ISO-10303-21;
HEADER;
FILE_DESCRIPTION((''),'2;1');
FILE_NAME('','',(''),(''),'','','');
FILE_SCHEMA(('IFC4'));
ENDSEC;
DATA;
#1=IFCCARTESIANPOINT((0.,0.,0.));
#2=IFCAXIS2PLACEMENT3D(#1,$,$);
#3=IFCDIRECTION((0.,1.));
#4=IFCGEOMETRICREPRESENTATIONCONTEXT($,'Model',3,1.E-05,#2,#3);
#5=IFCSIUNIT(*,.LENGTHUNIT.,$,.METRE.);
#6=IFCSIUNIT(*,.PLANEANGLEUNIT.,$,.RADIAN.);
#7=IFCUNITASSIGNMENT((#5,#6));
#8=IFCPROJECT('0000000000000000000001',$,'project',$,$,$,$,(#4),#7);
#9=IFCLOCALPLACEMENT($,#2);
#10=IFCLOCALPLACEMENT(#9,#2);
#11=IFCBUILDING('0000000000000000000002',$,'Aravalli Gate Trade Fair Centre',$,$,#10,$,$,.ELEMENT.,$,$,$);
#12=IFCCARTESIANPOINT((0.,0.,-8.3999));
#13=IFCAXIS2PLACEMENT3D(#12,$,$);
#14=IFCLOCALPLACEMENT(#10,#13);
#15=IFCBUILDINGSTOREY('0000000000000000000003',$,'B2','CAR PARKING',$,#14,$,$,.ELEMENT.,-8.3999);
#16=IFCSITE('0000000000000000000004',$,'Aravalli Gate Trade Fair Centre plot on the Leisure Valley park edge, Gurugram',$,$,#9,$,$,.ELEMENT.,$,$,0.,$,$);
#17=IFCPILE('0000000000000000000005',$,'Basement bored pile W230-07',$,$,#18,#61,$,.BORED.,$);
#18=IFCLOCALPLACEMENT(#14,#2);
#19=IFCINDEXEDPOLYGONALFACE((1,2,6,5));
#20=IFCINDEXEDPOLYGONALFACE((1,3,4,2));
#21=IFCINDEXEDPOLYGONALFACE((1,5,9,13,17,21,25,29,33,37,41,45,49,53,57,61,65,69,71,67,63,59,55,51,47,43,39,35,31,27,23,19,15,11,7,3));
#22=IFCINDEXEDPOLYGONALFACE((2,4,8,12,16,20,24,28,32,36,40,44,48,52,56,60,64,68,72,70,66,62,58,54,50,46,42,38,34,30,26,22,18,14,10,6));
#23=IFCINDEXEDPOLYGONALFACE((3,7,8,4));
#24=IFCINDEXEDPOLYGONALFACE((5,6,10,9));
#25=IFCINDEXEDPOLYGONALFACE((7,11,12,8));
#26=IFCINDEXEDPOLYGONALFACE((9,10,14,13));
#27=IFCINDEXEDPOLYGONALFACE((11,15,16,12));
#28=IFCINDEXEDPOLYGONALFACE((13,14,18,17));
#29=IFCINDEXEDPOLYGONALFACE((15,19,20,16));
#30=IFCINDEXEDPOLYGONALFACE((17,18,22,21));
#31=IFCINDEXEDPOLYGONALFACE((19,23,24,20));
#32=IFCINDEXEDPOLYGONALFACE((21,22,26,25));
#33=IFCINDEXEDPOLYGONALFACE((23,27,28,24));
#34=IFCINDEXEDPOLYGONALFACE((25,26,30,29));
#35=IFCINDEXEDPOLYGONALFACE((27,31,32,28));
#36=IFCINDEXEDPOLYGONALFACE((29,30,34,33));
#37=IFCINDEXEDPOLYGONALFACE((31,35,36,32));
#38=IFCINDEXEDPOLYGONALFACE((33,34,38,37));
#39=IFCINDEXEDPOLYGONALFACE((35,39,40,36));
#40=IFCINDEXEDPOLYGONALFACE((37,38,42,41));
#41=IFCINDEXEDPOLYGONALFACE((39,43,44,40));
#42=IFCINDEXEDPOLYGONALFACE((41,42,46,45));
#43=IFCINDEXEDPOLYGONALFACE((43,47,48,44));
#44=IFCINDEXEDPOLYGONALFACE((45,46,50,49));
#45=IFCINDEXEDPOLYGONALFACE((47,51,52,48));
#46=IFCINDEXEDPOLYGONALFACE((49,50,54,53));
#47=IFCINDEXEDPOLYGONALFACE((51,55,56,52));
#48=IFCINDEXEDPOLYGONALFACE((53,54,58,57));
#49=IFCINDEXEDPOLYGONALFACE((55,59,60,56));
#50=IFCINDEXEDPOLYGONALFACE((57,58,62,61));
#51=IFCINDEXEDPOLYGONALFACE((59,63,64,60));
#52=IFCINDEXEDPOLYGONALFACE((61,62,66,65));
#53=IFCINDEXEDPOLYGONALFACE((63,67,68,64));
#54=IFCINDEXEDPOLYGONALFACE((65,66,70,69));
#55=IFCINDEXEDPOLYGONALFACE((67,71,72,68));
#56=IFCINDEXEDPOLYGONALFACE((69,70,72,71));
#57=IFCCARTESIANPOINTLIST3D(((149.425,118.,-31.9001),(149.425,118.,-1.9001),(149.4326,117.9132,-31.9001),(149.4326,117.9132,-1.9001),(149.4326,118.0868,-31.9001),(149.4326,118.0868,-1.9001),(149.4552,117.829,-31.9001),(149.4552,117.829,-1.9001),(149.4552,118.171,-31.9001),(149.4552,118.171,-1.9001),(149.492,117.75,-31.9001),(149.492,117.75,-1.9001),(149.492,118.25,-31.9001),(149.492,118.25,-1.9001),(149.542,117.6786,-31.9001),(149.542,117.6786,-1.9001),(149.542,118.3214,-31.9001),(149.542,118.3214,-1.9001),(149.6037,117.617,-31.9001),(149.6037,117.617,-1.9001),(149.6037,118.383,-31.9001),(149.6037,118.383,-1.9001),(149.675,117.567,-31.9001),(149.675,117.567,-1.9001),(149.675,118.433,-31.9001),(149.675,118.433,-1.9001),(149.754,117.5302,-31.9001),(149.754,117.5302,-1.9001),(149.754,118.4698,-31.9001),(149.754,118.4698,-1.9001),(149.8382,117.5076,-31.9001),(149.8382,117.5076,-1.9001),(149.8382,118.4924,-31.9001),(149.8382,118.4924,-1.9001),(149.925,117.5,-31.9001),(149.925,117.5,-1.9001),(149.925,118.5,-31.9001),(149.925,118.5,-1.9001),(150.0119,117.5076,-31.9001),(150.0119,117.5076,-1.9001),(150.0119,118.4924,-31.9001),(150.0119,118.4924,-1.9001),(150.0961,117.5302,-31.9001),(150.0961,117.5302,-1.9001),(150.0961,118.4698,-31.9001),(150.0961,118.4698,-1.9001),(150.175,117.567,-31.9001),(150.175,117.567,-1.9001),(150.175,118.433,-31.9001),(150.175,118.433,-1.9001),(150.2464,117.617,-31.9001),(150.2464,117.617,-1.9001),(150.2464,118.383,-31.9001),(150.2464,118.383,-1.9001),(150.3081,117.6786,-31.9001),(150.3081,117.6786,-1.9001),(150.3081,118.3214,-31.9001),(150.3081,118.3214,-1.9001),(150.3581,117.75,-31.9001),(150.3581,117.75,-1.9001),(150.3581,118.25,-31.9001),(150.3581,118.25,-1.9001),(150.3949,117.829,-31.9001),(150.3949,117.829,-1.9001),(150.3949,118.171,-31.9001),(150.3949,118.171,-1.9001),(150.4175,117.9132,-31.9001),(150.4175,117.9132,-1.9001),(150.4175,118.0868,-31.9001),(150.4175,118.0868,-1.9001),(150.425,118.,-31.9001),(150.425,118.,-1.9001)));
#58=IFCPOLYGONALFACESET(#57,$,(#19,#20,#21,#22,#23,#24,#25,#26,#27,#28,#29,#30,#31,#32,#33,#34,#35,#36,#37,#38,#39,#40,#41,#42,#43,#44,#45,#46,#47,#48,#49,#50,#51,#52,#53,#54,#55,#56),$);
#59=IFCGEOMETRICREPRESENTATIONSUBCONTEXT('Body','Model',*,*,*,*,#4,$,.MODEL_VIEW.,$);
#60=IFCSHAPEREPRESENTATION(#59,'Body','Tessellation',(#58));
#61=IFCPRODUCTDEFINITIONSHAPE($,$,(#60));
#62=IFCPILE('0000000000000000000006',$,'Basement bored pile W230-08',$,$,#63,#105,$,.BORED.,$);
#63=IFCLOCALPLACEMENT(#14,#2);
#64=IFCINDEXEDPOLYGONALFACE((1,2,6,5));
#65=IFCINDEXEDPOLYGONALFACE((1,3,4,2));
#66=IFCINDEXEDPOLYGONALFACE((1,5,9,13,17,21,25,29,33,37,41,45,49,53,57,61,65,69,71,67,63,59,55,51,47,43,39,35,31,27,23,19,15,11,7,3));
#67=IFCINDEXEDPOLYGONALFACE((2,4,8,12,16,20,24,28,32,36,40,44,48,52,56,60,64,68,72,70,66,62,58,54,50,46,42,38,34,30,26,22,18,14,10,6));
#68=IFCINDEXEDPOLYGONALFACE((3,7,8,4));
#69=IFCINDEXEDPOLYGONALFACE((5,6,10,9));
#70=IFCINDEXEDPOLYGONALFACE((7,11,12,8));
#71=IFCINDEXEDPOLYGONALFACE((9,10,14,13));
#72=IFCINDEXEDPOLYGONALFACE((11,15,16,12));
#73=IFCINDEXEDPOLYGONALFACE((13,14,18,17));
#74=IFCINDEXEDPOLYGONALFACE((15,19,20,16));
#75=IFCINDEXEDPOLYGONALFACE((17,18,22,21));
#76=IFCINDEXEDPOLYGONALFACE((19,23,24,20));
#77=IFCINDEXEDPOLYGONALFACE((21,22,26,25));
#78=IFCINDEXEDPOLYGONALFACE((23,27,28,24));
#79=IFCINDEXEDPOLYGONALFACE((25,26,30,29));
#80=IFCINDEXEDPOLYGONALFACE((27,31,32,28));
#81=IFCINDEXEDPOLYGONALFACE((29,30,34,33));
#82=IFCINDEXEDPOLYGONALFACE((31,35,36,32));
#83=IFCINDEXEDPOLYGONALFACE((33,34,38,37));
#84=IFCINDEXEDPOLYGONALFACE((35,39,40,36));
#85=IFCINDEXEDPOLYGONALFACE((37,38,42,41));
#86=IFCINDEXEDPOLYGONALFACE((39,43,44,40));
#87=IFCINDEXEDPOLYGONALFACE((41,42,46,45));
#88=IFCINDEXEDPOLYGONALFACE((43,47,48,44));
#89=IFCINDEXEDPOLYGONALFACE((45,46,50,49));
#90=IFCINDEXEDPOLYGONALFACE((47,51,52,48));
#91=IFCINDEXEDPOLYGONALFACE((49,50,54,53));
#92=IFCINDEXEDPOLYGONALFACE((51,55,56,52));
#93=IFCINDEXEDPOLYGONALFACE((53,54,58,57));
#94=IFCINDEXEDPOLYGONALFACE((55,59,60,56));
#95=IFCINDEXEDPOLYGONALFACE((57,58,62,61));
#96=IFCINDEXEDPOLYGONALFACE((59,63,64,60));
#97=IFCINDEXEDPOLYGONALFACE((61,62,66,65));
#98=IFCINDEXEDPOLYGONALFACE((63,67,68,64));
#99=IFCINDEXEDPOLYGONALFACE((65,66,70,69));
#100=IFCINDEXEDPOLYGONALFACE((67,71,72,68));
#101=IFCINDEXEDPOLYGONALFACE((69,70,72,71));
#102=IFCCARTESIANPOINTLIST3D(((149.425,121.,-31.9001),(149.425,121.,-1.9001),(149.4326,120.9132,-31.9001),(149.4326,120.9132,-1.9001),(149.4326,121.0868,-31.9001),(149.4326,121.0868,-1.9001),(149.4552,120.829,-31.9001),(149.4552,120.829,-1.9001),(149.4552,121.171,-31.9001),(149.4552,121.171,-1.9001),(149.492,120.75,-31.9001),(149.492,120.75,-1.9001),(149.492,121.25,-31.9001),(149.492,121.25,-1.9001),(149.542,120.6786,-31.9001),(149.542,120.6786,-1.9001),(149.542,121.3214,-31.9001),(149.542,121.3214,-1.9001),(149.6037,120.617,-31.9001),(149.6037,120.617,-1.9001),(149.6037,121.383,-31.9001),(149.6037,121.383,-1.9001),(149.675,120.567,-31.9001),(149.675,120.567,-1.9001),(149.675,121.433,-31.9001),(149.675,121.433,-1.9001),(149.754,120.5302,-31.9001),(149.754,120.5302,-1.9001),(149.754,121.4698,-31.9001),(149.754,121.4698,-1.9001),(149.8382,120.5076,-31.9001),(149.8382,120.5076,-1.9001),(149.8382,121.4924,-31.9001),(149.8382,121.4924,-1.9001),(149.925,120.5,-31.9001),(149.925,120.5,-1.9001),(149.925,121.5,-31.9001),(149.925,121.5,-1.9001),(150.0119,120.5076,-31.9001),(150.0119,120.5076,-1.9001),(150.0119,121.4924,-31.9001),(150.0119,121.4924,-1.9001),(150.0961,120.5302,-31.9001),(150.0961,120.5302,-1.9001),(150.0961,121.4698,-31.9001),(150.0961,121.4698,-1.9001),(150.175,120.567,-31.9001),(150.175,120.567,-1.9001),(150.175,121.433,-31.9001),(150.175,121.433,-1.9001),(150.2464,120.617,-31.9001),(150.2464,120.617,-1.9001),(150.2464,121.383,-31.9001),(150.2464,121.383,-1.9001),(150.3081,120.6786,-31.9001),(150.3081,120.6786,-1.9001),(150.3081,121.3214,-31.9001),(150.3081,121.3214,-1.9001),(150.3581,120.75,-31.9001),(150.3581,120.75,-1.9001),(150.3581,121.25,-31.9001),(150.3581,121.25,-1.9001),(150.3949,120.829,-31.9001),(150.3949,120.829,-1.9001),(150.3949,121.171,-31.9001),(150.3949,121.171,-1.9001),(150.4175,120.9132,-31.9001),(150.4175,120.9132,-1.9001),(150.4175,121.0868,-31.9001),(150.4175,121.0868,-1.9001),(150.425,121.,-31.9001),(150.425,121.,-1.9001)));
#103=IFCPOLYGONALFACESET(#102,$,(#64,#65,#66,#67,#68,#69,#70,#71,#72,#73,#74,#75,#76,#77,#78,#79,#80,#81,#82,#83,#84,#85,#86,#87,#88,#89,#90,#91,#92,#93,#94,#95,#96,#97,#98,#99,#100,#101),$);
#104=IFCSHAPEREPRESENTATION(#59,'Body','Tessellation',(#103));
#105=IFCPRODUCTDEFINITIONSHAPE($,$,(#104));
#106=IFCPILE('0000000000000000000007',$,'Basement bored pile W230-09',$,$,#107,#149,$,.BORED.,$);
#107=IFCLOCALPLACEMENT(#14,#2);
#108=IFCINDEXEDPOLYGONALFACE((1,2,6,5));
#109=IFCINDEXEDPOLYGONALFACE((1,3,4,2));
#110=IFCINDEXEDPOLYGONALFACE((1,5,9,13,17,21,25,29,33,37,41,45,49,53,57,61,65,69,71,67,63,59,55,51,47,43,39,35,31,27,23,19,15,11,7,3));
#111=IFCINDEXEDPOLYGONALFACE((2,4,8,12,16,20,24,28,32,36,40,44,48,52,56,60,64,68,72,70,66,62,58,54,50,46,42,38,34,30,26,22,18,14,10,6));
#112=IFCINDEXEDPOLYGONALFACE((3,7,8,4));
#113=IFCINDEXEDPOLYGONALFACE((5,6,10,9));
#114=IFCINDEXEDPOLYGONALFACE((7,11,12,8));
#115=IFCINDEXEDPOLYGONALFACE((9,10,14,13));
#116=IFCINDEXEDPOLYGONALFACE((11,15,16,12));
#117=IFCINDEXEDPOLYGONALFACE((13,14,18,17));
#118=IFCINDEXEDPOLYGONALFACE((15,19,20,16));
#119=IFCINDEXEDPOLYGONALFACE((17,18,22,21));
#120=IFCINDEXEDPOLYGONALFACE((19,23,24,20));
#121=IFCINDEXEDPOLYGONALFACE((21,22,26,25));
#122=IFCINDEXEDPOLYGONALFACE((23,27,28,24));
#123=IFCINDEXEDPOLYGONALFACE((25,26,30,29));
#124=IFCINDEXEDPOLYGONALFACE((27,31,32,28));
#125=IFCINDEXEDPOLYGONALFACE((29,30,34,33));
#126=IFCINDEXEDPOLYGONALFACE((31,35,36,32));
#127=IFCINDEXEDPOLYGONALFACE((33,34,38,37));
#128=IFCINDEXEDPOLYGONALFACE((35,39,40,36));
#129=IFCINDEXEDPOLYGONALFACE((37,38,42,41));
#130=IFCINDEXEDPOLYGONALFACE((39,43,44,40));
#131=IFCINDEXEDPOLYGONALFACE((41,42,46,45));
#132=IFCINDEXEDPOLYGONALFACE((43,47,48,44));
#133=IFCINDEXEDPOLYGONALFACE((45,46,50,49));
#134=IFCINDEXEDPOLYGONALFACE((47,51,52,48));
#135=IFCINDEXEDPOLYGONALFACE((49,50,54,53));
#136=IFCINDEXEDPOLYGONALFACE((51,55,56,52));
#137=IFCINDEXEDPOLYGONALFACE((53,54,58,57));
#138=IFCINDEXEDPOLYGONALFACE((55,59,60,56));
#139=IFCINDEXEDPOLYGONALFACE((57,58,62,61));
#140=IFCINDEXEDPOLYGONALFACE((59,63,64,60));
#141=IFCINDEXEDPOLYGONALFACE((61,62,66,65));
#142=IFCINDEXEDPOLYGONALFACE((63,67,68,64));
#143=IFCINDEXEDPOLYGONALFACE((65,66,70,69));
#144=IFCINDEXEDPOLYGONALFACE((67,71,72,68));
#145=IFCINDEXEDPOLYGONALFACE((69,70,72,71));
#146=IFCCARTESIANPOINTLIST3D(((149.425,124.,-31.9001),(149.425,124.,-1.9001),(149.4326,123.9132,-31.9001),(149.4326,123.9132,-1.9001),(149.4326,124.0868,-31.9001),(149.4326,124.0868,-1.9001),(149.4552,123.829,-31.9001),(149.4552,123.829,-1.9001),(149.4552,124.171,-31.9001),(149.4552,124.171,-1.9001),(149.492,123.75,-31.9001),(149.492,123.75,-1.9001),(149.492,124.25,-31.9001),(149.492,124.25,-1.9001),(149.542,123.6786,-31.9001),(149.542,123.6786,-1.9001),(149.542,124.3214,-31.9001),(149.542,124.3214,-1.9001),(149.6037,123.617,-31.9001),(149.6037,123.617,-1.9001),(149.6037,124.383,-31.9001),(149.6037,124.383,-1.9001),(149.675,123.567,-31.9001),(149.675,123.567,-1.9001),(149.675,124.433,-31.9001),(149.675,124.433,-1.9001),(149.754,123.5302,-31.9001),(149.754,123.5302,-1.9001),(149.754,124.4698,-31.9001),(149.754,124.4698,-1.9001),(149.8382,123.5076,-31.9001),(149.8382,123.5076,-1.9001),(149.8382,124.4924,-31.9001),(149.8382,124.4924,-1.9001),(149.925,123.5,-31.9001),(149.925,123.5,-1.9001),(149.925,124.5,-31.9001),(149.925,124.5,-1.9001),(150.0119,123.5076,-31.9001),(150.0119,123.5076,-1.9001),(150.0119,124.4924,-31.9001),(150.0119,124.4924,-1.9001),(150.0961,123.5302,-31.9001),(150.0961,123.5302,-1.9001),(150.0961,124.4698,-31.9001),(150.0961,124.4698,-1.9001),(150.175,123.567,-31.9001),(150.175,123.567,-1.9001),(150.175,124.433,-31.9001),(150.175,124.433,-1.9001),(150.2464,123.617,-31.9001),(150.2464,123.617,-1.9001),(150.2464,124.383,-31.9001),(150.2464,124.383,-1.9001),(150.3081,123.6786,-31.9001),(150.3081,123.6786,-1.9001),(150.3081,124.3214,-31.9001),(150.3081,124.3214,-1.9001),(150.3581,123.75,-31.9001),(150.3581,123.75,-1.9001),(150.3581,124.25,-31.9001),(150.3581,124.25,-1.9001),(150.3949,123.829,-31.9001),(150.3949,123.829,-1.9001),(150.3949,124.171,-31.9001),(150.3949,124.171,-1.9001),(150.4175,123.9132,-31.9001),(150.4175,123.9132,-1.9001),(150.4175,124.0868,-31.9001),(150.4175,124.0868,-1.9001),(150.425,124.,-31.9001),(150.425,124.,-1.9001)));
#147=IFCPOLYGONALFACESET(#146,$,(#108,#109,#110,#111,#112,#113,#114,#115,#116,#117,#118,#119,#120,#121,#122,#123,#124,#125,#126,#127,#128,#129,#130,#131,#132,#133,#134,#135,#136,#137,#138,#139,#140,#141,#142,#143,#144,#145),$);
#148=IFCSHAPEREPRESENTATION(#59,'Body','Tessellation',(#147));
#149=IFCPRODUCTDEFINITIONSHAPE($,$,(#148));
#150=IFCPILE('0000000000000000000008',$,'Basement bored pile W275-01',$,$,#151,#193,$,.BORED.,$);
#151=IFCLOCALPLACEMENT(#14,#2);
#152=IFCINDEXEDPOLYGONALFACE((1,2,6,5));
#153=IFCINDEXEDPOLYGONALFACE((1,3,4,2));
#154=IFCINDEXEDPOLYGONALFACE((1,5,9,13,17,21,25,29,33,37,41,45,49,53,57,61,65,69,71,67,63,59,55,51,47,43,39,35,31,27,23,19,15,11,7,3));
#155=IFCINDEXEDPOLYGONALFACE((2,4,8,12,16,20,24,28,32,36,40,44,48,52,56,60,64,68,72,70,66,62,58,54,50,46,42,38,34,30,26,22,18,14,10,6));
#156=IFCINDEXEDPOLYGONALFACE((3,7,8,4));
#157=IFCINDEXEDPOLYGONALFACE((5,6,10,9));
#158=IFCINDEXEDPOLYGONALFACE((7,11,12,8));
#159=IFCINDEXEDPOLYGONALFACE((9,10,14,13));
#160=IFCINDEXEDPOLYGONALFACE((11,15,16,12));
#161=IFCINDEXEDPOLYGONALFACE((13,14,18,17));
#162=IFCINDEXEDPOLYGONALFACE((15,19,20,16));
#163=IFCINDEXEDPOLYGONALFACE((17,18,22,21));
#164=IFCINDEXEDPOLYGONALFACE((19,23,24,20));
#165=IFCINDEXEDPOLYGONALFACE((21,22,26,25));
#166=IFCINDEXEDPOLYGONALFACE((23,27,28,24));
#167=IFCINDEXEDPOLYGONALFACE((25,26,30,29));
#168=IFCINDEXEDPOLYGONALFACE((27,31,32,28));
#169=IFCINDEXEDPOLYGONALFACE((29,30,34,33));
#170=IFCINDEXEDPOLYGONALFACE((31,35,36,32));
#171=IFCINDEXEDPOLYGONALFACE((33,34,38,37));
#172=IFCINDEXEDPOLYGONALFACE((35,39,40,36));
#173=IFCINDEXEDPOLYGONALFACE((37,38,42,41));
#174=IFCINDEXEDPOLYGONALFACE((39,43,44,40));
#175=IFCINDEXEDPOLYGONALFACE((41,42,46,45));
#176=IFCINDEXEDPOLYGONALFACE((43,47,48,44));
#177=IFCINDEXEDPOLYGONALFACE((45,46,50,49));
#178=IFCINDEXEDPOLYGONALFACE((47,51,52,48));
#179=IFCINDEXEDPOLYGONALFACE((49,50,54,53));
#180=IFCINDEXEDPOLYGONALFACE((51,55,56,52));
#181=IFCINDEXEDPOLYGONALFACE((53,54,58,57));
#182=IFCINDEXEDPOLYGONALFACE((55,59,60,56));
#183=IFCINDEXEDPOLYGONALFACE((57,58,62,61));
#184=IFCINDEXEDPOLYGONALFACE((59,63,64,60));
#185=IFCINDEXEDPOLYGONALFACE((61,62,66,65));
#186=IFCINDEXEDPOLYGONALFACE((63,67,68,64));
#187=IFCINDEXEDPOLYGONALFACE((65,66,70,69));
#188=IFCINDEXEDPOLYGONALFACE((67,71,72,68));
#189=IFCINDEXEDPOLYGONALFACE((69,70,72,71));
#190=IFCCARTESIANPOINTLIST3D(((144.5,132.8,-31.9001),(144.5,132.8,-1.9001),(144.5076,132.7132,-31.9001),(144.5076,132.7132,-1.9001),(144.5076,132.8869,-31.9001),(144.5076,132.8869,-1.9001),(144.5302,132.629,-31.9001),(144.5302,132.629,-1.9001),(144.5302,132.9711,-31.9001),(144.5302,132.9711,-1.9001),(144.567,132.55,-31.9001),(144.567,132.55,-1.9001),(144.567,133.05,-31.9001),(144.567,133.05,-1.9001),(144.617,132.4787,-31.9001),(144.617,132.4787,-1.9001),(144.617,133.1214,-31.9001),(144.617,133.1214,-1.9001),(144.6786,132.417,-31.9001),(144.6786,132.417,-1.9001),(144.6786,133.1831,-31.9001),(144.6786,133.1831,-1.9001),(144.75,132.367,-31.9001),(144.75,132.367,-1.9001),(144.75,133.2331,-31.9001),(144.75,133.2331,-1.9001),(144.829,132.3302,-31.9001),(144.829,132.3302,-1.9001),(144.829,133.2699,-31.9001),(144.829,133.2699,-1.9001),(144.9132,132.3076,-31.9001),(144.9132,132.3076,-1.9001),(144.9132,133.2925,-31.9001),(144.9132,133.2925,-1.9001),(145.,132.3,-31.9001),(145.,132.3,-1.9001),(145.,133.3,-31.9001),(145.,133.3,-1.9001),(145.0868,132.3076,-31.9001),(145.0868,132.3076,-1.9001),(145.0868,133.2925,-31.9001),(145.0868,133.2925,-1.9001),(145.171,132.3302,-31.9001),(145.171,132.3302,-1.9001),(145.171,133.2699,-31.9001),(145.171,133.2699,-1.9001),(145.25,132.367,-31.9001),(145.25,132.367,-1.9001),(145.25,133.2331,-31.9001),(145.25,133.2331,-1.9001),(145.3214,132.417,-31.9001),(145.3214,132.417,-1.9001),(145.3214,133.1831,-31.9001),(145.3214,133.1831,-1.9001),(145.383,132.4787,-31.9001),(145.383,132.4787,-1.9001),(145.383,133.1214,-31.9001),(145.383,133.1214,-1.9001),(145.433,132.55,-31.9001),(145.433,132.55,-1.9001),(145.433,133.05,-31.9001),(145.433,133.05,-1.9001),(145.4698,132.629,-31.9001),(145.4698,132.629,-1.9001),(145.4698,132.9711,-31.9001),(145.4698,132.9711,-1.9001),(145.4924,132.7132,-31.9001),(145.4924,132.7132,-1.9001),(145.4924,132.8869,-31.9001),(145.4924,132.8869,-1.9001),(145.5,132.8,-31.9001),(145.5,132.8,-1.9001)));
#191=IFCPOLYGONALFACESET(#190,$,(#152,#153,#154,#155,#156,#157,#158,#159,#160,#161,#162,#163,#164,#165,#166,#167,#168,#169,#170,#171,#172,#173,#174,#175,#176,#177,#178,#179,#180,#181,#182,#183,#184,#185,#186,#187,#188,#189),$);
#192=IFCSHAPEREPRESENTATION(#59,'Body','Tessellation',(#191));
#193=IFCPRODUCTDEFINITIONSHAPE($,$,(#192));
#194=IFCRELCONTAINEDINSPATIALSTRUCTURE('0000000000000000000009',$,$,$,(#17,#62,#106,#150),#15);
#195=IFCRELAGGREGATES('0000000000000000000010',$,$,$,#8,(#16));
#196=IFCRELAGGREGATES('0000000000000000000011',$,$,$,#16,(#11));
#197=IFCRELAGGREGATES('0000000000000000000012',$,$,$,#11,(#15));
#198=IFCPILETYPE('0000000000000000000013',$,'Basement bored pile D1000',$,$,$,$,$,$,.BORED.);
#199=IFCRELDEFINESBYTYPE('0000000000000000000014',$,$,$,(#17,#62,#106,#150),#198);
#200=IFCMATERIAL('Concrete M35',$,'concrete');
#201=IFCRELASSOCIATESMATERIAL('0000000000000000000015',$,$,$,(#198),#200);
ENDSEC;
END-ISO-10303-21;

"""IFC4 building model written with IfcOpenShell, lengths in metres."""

from ifc_helpers import new_model, si_unit, direction, frame, origin, origin_2d, place, context, subcontext, project, spatial, circle, extrude, material, material_profile, profile_set, type_object, element, save


model = new_model("IFC4")

# Units and contexts
model_context = context("Model", 3, precision=1e-05, world=origin(), true_north=direction((0.0, 1.0)))
body_context = subcontext(model_context, "Body", "Model", "MODEL_VIEW")
ifc_project = project(units=[si_unit("LENGTHUNIT", "METRE"), si_unit("PLANEANGLEUNIT", "RADIAN")], contexts=[model_context])

# Site, building, storey
site_placement = place(None, origin())
site = spatial("IfcSite", under=ifc_project, at=site_placement, Name="Aravalli Gate Trade Fair Centre plot on the Leisure Valley park edge, Gurugram", CompositionType="ELEMENT", RefElevation=0.0)
building_placement = place(site_placement, origin())
building = spatial("IfcBuilding", under=site, at=building_placement, Name="Aravalli Gate Trade Fair Centre", CompositionType="ELEMENT")
storey_placement = place(building_placement, frame((0.0, 0.0, -8.3999)))
storey = spatial("IfcBuildingStorey", under=building, at=storey_placement, Name="B2", Description="CAR PARKING", CompositionType="ELEMENT", Elevation=-8.3999)

# Piles
ifc_material_1 = material(Name="Concrete M35", Category="concrete")
ifc_material_profile_1 = material_profile(ifc_material_1, circle(Radius=0.5, at=origin_2d()), Name="D1000")
ifc_profile_set_1 = profile_set([ifc_material_profile_1], Name="Concrete M35")
pile_type = type_object("IfcPileType", Name="Basement bored pile D1000", PredefinedType="BORED", material=ifc_profile_set_1)
for number, where, z_axis, x_axis, name in (
    (1, (149.925, 118.0, -1.9001), (0.0, 0.0, -1.0), (1.0, 0.0, 0.0), "Basement bored pile W230-07"),
    (2, (149.925, 121.0, -1.9001), (0.0, 0.0, -1.0), (1.0, 0.0, 0.0), "Basement bored pile W230-08"),
    (3, (149.925, 124.0, -1.9001), (0.0, 0.0, -1.0), (1.0, 0.0, 0.0), "Basement bored pile W230-09"),
    (4, (145.0, 132.8, -1.9001), (0.0, 0.0, -1.0), (1.0, 0.0, 0.0), "Basement bored pile W275-01"),
):
    element("IfcPile", number, at=place(storey_placement, frame(where, z_axis=z_axis, x_axis=x_axis)), inside=storey, type_object=pile_type, Name=name, PredefinedType="BORED", context=body_context, shape_type="SweptSolid", body=[
        extrude(circle(Radius=0.5, at=origin_2d()), origin(), (0.0, 0.0, 1.0), 30.0),
    ])

save(model, "model.ifc")
